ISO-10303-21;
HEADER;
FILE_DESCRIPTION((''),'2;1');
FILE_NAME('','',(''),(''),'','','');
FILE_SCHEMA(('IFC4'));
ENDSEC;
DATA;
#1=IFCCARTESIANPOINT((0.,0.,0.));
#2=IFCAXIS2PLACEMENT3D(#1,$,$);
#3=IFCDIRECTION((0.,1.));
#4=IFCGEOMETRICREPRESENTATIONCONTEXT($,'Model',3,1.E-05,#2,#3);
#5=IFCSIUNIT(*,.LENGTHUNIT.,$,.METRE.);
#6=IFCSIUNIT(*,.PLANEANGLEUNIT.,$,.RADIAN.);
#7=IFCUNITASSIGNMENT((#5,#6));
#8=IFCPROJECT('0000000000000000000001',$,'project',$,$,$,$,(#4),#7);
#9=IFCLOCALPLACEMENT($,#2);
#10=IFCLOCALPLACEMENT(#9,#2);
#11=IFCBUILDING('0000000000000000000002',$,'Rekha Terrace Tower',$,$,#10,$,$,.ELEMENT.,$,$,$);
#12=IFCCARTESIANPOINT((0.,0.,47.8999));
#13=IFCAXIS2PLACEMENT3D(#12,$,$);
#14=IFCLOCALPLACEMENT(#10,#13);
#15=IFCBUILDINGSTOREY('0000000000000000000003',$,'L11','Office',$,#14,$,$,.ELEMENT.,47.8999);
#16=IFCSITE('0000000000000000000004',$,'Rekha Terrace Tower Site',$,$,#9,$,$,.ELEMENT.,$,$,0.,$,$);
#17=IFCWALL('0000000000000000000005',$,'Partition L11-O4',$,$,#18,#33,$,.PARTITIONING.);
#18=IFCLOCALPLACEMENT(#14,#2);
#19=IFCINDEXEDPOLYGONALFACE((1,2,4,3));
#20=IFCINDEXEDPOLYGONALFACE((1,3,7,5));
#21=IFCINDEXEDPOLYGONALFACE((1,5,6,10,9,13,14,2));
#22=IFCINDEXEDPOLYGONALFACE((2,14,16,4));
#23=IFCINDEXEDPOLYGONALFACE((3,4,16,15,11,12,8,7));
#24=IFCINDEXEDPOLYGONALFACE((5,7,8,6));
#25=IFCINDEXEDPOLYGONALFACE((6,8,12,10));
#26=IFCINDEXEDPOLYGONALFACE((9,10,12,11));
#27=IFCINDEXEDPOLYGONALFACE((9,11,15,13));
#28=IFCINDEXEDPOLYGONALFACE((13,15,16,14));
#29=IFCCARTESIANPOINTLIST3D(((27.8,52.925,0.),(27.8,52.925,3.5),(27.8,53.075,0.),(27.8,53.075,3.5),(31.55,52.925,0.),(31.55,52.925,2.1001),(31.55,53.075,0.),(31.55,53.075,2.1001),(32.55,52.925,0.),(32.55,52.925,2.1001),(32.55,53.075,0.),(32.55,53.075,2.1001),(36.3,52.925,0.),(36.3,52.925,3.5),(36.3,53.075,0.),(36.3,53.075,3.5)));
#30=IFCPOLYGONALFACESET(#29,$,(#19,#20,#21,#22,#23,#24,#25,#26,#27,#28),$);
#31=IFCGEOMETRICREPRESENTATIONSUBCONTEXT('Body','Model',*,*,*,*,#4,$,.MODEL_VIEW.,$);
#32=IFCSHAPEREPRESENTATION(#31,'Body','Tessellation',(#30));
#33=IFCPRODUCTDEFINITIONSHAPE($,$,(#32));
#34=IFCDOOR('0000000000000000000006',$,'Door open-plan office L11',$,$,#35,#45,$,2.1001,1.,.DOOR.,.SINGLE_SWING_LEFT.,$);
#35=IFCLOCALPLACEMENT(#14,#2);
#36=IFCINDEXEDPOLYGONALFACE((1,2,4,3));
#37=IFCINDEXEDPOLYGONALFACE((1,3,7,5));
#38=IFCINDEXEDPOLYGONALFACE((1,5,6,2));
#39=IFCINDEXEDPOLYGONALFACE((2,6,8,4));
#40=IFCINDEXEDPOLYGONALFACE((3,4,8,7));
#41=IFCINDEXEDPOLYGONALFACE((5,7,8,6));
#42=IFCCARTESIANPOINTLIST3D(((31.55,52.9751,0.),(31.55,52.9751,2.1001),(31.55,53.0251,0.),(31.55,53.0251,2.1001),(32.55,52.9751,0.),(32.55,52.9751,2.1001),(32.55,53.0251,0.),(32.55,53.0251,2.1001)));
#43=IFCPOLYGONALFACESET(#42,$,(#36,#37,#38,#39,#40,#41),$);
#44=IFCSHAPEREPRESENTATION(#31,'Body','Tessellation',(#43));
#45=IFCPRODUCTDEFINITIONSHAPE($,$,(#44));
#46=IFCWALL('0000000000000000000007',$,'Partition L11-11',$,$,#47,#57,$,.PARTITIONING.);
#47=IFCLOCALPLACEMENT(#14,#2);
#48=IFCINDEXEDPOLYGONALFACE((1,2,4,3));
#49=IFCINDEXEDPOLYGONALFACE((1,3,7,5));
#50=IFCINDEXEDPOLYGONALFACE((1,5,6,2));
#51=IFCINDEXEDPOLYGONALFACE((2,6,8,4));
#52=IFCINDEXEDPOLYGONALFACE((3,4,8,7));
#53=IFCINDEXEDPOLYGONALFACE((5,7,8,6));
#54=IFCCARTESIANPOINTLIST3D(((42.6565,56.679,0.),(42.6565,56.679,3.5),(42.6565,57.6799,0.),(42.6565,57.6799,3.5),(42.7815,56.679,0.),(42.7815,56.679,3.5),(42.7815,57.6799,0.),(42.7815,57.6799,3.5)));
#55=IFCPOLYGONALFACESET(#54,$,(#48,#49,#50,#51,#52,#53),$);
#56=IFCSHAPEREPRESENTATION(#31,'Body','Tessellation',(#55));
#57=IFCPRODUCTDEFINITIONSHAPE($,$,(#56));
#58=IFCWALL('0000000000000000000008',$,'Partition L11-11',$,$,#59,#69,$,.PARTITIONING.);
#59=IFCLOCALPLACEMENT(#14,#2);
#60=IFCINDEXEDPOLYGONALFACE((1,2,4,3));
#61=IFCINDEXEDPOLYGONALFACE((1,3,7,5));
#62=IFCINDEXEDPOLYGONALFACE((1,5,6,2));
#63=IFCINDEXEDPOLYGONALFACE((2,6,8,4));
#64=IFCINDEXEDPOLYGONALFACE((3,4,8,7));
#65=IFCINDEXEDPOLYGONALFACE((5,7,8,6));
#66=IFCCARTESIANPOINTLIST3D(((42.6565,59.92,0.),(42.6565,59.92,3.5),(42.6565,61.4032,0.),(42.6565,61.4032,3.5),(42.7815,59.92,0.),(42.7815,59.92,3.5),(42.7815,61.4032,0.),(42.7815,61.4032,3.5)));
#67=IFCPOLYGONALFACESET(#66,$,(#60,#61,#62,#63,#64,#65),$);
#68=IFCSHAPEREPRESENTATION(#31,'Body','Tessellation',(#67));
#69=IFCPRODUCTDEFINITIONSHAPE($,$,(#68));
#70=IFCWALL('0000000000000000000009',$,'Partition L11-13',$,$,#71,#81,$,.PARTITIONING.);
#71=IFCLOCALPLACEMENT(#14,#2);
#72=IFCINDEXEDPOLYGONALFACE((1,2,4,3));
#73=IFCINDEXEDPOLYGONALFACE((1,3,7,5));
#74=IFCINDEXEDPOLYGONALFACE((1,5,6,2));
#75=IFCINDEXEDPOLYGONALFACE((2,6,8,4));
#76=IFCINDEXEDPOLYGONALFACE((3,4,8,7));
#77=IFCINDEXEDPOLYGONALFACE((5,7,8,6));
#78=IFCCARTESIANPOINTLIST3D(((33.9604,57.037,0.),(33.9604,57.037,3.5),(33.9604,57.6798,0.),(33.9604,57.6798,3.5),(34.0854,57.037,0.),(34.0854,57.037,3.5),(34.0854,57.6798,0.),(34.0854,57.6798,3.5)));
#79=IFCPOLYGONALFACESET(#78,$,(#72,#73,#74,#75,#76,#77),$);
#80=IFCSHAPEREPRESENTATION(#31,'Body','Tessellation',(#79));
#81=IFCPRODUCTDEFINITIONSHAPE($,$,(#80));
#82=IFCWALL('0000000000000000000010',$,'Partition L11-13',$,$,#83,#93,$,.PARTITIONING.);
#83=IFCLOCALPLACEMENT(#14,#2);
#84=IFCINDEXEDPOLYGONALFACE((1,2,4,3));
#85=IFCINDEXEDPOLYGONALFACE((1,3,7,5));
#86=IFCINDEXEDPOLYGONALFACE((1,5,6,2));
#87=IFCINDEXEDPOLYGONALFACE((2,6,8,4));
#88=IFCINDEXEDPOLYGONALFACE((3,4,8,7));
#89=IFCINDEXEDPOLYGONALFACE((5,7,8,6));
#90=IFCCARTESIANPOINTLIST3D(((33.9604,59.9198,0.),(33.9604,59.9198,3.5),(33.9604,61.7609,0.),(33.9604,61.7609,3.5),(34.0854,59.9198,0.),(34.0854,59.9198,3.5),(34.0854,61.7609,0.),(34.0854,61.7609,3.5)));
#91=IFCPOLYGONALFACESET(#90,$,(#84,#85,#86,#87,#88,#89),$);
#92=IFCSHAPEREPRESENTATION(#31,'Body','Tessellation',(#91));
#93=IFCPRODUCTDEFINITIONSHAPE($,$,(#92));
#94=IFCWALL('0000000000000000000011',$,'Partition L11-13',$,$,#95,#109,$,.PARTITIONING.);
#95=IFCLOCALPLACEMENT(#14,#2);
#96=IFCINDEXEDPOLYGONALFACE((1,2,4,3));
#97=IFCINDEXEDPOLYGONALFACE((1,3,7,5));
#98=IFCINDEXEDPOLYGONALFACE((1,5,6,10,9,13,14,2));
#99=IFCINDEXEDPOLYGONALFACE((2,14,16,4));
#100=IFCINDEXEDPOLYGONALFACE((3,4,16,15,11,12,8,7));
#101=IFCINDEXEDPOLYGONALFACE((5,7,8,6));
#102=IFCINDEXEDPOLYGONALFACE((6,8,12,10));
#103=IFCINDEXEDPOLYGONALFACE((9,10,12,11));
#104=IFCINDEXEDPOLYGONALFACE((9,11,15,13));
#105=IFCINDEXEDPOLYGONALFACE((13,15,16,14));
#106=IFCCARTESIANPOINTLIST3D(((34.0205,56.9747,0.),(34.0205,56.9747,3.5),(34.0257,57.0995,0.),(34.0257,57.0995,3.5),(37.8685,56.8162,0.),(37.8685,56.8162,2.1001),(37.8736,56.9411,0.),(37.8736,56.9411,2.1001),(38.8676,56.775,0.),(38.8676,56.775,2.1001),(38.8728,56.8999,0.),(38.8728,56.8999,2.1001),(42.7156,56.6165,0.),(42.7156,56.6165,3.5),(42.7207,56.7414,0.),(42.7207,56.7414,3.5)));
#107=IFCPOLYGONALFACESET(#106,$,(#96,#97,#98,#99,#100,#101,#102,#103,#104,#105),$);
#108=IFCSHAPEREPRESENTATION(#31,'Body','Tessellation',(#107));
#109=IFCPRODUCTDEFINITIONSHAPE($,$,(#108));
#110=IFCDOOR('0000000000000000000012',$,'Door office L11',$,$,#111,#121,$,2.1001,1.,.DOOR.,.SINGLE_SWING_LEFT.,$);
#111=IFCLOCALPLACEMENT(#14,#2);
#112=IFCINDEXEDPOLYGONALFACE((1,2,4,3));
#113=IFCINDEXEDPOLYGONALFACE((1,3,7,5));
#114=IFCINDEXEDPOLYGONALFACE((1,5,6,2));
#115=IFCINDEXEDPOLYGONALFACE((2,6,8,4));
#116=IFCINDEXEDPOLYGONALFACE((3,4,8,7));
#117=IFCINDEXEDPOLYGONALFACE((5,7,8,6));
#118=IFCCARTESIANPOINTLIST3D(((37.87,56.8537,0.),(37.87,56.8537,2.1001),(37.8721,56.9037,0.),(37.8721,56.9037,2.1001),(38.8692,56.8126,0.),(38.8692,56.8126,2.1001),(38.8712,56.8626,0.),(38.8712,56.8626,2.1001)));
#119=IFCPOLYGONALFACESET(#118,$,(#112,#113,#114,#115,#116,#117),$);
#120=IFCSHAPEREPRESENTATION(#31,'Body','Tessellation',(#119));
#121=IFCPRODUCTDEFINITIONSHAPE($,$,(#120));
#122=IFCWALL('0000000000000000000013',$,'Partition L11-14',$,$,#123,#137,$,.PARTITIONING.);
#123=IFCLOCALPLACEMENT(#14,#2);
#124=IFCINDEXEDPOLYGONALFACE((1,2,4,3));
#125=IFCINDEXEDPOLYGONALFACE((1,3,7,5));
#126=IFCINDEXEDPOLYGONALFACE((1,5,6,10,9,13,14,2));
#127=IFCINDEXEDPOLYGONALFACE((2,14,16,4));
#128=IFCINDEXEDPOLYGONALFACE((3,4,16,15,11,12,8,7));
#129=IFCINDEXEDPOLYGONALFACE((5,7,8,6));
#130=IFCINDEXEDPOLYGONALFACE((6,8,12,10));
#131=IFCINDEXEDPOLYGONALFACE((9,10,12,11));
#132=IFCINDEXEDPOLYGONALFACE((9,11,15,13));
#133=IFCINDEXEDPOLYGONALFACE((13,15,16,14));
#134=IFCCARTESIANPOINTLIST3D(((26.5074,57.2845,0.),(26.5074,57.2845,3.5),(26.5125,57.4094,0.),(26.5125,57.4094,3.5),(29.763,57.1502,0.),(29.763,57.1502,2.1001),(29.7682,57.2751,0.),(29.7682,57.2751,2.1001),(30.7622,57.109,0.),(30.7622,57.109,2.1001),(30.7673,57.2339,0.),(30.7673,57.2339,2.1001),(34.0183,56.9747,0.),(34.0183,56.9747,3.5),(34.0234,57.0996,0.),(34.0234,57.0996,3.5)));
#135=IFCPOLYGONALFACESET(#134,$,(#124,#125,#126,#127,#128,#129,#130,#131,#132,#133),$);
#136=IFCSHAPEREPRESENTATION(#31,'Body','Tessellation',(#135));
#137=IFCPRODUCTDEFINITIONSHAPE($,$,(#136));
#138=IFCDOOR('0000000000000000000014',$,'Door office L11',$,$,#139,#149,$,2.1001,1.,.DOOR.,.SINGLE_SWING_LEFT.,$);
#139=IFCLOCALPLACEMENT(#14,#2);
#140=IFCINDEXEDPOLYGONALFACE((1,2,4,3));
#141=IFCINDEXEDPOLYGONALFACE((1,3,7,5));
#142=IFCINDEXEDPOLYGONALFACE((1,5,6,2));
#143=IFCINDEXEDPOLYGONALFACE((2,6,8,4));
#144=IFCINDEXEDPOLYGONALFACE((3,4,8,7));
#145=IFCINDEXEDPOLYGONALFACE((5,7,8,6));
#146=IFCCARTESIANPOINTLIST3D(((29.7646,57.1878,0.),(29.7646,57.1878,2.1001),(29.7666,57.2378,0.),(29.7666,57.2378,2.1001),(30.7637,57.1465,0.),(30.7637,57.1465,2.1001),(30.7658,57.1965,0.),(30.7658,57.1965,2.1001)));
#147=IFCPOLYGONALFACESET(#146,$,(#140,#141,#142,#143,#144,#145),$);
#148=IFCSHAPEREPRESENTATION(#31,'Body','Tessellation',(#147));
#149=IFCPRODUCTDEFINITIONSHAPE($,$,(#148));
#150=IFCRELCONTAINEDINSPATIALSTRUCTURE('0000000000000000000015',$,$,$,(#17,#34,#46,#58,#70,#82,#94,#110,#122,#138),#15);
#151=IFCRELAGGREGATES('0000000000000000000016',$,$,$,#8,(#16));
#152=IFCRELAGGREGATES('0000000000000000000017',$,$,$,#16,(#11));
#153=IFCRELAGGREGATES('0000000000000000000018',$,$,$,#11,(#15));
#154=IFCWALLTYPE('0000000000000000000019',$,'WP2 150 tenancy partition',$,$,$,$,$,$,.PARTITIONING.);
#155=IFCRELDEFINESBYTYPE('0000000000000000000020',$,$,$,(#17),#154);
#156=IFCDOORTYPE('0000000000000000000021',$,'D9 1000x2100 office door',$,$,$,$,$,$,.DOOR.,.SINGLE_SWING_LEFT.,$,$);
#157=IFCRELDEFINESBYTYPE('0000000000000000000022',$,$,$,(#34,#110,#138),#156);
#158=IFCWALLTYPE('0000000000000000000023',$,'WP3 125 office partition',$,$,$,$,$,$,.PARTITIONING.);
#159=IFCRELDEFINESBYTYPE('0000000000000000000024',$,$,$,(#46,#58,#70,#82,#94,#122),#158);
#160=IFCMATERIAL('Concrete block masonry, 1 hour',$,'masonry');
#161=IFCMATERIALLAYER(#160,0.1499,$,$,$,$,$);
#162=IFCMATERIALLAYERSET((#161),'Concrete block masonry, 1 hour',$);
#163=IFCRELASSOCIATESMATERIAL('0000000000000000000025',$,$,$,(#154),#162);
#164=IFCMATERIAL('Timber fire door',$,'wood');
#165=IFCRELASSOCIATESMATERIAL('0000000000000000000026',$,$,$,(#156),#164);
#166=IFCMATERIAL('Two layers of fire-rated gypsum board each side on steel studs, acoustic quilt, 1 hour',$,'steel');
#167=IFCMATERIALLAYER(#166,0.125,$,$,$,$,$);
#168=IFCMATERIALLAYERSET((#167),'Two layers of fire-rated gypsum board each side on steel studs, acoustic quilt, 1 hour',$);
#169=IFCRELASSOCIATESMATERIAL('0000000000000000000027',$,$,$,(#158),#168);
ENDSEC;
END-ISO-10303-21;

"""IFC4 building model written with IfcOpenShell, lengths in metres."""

from ifc_helpers import new_model, si_unit, direction, frame, frame_2d, origin, place, context, subcontext, project, spatial, rectangle, extrude, material, layer, layer_set, type_object, element, fill, save


model = new_model("IFC4")

# Units and contexts
model_context = context("Model", 3, precision=1e-05, world=origin(), true_north=direction((0.0, 1.0)))
body_context = subcontext(model_context, "Body", "Model", "MODEL_VIEW")
ifc_project = project(units=[si_unit("LENGTHUNIT", "METRE"), si_unit("PLANEANGLEUNIT", "RADIAN")], contexts=[model_context])

# Site, building, storey
site_placement = place(None, origin())
site = spatial("IfcSite", under=ifc_project, at=site_placement, Name="Rekha Terrace Tower Site", CompositionType="ELEMENT", RefElevation=0.0)
building_placement = place(site_placement, origin())
building = spatial("IfcBuilding", under=site, at=building_placement, Name="Rekha Terrace Tower", CompositionType="ELEMENT")
storey_placement = place(building_placement, frame((0.0, 0.0, 47.8999)))
storey = spatial("IfcBuildingStorey", under=building, at=storey_placement, Name="L11", Description="Office", CompositionType="ELEMENT", Elevation=47.8999)

# Shared definitions
ifc_material_1 = material(Name="Concrete block masonry, 1 hour", Category="masonry")
ifc_layer_1 = layer(ifc_material_1, 0.1499)
ifc_layer_set_1 = layer_set([ifc_layer_1], Name="Concrete block masonry, 1 hour")
wall_type_1 = type_object("IfcWallType", Name="WP2 150 tenancy partition", PredefinedType="PARTITIONING", material=ifc_layer_set_1)

# Wall, opening, door
wall_1_placement = place(storey_placement, frame((36.3, 53.0, 0.0), z_axis=(0.0, 0.0, 1.0), x_axis=(-1.0, 0.0, 0.0)))
wall_1 = element("IfcWall", 1, at=wall_1_placement, inside=storey, type_object=wall_type_1, Name="Partition L11-O4", PredefinedType="PARTITIONING", context=body_context, shape_type="SweptSolid", body=[
    extrude(rectangle(XDim=8.5, YDim=0.1499, at=frame_2d((4.25, 0.0))), origin(), (0.0, 0.0, 1.0), 3.5),
])
opening_1_placement = place(wall_1_placement, frame((3.75, 0.0, 0.0)))
opening_1 = element("IfcOpeningElement", 2, at=opening_1_placement, cuts=wall_1, PredefinedType="OPENING", context=body_context, shape_type="SweptSolid", body=[
    extrude(rectangle(XDim=1.0, YDim=2.1001, at=frame_2d((0.5, 1.05))), frame((0.0, 0.085, 0.0), z_axis=(0.0, -1.0, 0.0), x_axis=(1.0, 0.0, 0.0)), (0.0, 0.0, 1.0), 0.1699),
])
ifc_material_2 = material(Name="Timber fire door", Category="wood")
door_type_1 = type_object("IfcDoorType", Name="D9 1000x2100 office door", OperationType="SINGLE_SWING_LEFT", PredefinedType="DOOR", material=ifc_material_2)
door_1_placement = place(opening_1_placement, origin())
door_1 = element("IfcDoor", 3, at=door_1_placement, inside=storey, type_object=door_type_1, Name="Door open-plan office L11", OperationType="SINGLE_SWING_LEFT", OverallHeight=2.1001, OverallWidth=1.0, PredefinedType="DOOR", context=body_context, shape_type="SweptSolid", body=[
    extrude(rectangle(XDim=1.0, YDim=2.1001, at=frame_2d((0.5, 1.05))), frame((0.0, 0.0249, 0.0), z_axis=(0.0, -1.0, 0.0), x_axis=(1.0, 0.0, 0.0)), (0.0, 0.0, 1.0), 0.05),
])
fill(opening_1, door_1)

# Walls
ifc_material_3 = material(Name="Two layers of fire-rated gypsum board each side on steel studs, acoustic quilt, 1 hour", Category="steel")
ifc_layer_2 = layer(ifc_material_3, 0.125)
ifc_layer_set_2 = layer_set([ifc_layer_2], Name="Two layers of fire-rated gypsum board each side on steel studs, acoustic quilt, 1 hour")
wall_type_2 = type_object("IfcWallType", Name="WP3 125 office partition", PredefinedType="PARTITIONING", material=ifc_layer_set_2)
wall_2_placement = place(storey_placement, frame((42.719, 56.679, 0.0), z_axis=(0.0, 0.0, 1.0), x_axis=(0.0, 1.0, 0.0)))
element("IfcWall", 4, at=wall_2_placement, inside=storey, type_object=wall_type_2, Name="Partition L11-11", PredefinedType="PARTITIONING", context=body_context, shape_type="SweptSolid", body=[
    extrude(rectangle(XDim=1.001, YDim=0.125, at=frame_2d((0.5005, 0.0))), origin(), (0.0, 0.0, 1.0), 3.5),
])
wall_3_placement = place(storey_placement, frame((42.719, 59.9199, 0.0), z_axis=(0.0, 0.0, 1.0), x_axis=(0.0, 1.0, 0.0)))
element("IfcWall", 5, at=wall_3_placement, inside=storey, type_object=wall_type_2, Name="Partition L11-11", PredefinedType="PARTITIONING", context=body_context, shape_type="SweptSolid", body=[
    extrude(rectangle(XDim=1.4832, YDim=0.125, at=frame_2d((0.7417, 0.0))), origin(), (0.0, 0.0, 1.0), 3.5),
])
wall_4_placement = place(storey_placement, frame((34.0229, 57.0371, 0.0), z_axis=(0.0, 0.0, 1.0), x_axis=(0.0, 1.0, 0.0)))
element("IfcWall", 6, at=wall_4_placement, inside=storey, type_object=wall_type_2, Name="Partition L11-13", PredefinedType="PARTITIONING", context=body_context, shape_type="SweptSolid", body=[
    extrude(rectangle(XDim=0.6428, YDim=0.125, at=frame_2d((0.3213, 0.0))), origin(), (0.0, 0.0, 1.0), 3.5),
])
wall_5_placement = place(storey_placement, frame((34.0229, 59.9199, 0.0), z_axis=(0.0, 0.0, 1.0), x_axis=(0.0, 1.0, 0.0)))
element("IfcWall", 7, at=wall_5_placement, inside=storey, type_object=wall_type_2, Name="Partition L11-13", PredefinedType="PARTITIONING", context=body_context, shape_type="SweptSolid", body=[
    extrude(rectangle(XDim=1.8411, YDim=0.125, at=frame_2d((0.9204, 0.0))), origin(), (0.0, 0.0, 1.0), 3.5),
])

# Walls, openings, doors
wall_6_placement = place(storey_placement, frame((42.718, 56.679, 0.0), z_axis=(0.0, 0.0, 1.0), x_axis=(-0.999153, 0.041156, 0.0)))
wall_6 = element("IfcWall", 8, at=wall_6_placement, inside=storey, type_object=wall_type_2, Name="Partition L11-13", PredefinedType="PARTITIONING", context=body_context, shape_type="SweptSolid", body=[
    extrude(rectangle(XDim=8.7024, YDim=0.125, at=frame_2d((4.3511, 0.0))), origin(), (0.0, 0.0, 1.0), 3.5),
])
opening_2_placement = place(wall_6_placement, frame((3.8511, 0.0, 0.0)))
opening_2 = element("IfcOpeningElement", 9, at=opening_2_placement, cuts=wall_6, PredefinedType="OPENING", context=body_context, shape_type="SweptSolid", body=[
    extrude(rectangle(XDim=1.0, YDim=2.1001, at=frame_2d((0.5, 1.05))), frame((0.0, 0.0725, 0.0), z_axis=(0.0, -1.0, 0.0), x_axis=(1.0, 0.0, 0.0)), (0.0, 0.0, 1.0), 0.145),
])
door_2_placement = place(opening_2_placement, origin())
door_2 = element("IfcDoor", 10, at=door_2_placement, inside=storey, type_object=door_type_1, Name="Door office L11", OperationType="SINGLE_SWING_LEFT", OverallHeight=2.1001, OverallWidth=1.0, PredefinedType="DOOR", context=body_context, shape_type="SweptSolid", body=[
    extrude(rectangle(XDim=1.0, YDim=2.1001, at=frame_2d((0.5, 1.05))), frame((0.0, 0.0249, 0.0), z_axis=(0.0, -1.0, 0.0), x_axis=(1.0, 0.0, 0.0)), (0.0, 0.0, 1.0), 0.05),
])
fill(opening_2, door_2)
wall_7_placement = place(storey_placement, frame((34.021, 57.0371, 0.0), z_axis=(0.0, 0.0, 1.0), x_axis=(-0.99915, 0.041213, 0.0)))
wall_7 = element("IfcWall", 11, at=wall_7_placement, inside=storey, type_object=wall_type_2, Name="Partition L11-14", PredefinedType="PARTITIONING", context=body_context, shape_type="SweptSolid", body=[
    extrude(rectangle(XDim=7.5173, YDim=0.125, at=frame_2d((3.7588, 0.0))), origin(), (0.0, 0.0, 1.0), 3.5),
])
opening_3_placement = place(wall_7_placement, frame((3.259, 0.0, 0.0)))
opening_3 = element("IfcOpeningElement", 12, at=opening_3_placement, cuts=wall_7, PredefinedType="OPENING", context=body_context, shape_type="SweptSolid", body=[
    extrude(rectangle(XDim=1.0, YDim=2.1001, at=frame_2d((0.5, 1.05))), frame((0.0, 0.0725, 0.0), z_axis=(0.0, -1.0, 0.0), x_axis=(1.0, 0.0, 0.0)), (0.0, 0.0, 1.0), 0.145),
])
door_3_placement = place(opening_3_placement, origin())
door_3 = element("IfcDoor", 13, at=door_3_placement, inside=storey, type_object=door_type_1, Name="Door office L11", OperationType="SINGLE_SWING_LEFT", OverallHeight=2.1001, OverallWidth=1.0, PredefinedType="DOOR", context=body_context, shape_type="SweptSolid", body=[
    extrude(rectangle(XDim=1.0, YDim=2.1001, at=frame_2d((0.5, 1.05))), frame((0.0, 0.0249, 0.0), z_axis=(0.0, -1.0, 0.0), x_axis=(1.0, 0.0, 0.0)), (0.0, 0.0, 1.0), 0.05),
])
fill(opening_3, door_3)

save(model, "model.ifc")
